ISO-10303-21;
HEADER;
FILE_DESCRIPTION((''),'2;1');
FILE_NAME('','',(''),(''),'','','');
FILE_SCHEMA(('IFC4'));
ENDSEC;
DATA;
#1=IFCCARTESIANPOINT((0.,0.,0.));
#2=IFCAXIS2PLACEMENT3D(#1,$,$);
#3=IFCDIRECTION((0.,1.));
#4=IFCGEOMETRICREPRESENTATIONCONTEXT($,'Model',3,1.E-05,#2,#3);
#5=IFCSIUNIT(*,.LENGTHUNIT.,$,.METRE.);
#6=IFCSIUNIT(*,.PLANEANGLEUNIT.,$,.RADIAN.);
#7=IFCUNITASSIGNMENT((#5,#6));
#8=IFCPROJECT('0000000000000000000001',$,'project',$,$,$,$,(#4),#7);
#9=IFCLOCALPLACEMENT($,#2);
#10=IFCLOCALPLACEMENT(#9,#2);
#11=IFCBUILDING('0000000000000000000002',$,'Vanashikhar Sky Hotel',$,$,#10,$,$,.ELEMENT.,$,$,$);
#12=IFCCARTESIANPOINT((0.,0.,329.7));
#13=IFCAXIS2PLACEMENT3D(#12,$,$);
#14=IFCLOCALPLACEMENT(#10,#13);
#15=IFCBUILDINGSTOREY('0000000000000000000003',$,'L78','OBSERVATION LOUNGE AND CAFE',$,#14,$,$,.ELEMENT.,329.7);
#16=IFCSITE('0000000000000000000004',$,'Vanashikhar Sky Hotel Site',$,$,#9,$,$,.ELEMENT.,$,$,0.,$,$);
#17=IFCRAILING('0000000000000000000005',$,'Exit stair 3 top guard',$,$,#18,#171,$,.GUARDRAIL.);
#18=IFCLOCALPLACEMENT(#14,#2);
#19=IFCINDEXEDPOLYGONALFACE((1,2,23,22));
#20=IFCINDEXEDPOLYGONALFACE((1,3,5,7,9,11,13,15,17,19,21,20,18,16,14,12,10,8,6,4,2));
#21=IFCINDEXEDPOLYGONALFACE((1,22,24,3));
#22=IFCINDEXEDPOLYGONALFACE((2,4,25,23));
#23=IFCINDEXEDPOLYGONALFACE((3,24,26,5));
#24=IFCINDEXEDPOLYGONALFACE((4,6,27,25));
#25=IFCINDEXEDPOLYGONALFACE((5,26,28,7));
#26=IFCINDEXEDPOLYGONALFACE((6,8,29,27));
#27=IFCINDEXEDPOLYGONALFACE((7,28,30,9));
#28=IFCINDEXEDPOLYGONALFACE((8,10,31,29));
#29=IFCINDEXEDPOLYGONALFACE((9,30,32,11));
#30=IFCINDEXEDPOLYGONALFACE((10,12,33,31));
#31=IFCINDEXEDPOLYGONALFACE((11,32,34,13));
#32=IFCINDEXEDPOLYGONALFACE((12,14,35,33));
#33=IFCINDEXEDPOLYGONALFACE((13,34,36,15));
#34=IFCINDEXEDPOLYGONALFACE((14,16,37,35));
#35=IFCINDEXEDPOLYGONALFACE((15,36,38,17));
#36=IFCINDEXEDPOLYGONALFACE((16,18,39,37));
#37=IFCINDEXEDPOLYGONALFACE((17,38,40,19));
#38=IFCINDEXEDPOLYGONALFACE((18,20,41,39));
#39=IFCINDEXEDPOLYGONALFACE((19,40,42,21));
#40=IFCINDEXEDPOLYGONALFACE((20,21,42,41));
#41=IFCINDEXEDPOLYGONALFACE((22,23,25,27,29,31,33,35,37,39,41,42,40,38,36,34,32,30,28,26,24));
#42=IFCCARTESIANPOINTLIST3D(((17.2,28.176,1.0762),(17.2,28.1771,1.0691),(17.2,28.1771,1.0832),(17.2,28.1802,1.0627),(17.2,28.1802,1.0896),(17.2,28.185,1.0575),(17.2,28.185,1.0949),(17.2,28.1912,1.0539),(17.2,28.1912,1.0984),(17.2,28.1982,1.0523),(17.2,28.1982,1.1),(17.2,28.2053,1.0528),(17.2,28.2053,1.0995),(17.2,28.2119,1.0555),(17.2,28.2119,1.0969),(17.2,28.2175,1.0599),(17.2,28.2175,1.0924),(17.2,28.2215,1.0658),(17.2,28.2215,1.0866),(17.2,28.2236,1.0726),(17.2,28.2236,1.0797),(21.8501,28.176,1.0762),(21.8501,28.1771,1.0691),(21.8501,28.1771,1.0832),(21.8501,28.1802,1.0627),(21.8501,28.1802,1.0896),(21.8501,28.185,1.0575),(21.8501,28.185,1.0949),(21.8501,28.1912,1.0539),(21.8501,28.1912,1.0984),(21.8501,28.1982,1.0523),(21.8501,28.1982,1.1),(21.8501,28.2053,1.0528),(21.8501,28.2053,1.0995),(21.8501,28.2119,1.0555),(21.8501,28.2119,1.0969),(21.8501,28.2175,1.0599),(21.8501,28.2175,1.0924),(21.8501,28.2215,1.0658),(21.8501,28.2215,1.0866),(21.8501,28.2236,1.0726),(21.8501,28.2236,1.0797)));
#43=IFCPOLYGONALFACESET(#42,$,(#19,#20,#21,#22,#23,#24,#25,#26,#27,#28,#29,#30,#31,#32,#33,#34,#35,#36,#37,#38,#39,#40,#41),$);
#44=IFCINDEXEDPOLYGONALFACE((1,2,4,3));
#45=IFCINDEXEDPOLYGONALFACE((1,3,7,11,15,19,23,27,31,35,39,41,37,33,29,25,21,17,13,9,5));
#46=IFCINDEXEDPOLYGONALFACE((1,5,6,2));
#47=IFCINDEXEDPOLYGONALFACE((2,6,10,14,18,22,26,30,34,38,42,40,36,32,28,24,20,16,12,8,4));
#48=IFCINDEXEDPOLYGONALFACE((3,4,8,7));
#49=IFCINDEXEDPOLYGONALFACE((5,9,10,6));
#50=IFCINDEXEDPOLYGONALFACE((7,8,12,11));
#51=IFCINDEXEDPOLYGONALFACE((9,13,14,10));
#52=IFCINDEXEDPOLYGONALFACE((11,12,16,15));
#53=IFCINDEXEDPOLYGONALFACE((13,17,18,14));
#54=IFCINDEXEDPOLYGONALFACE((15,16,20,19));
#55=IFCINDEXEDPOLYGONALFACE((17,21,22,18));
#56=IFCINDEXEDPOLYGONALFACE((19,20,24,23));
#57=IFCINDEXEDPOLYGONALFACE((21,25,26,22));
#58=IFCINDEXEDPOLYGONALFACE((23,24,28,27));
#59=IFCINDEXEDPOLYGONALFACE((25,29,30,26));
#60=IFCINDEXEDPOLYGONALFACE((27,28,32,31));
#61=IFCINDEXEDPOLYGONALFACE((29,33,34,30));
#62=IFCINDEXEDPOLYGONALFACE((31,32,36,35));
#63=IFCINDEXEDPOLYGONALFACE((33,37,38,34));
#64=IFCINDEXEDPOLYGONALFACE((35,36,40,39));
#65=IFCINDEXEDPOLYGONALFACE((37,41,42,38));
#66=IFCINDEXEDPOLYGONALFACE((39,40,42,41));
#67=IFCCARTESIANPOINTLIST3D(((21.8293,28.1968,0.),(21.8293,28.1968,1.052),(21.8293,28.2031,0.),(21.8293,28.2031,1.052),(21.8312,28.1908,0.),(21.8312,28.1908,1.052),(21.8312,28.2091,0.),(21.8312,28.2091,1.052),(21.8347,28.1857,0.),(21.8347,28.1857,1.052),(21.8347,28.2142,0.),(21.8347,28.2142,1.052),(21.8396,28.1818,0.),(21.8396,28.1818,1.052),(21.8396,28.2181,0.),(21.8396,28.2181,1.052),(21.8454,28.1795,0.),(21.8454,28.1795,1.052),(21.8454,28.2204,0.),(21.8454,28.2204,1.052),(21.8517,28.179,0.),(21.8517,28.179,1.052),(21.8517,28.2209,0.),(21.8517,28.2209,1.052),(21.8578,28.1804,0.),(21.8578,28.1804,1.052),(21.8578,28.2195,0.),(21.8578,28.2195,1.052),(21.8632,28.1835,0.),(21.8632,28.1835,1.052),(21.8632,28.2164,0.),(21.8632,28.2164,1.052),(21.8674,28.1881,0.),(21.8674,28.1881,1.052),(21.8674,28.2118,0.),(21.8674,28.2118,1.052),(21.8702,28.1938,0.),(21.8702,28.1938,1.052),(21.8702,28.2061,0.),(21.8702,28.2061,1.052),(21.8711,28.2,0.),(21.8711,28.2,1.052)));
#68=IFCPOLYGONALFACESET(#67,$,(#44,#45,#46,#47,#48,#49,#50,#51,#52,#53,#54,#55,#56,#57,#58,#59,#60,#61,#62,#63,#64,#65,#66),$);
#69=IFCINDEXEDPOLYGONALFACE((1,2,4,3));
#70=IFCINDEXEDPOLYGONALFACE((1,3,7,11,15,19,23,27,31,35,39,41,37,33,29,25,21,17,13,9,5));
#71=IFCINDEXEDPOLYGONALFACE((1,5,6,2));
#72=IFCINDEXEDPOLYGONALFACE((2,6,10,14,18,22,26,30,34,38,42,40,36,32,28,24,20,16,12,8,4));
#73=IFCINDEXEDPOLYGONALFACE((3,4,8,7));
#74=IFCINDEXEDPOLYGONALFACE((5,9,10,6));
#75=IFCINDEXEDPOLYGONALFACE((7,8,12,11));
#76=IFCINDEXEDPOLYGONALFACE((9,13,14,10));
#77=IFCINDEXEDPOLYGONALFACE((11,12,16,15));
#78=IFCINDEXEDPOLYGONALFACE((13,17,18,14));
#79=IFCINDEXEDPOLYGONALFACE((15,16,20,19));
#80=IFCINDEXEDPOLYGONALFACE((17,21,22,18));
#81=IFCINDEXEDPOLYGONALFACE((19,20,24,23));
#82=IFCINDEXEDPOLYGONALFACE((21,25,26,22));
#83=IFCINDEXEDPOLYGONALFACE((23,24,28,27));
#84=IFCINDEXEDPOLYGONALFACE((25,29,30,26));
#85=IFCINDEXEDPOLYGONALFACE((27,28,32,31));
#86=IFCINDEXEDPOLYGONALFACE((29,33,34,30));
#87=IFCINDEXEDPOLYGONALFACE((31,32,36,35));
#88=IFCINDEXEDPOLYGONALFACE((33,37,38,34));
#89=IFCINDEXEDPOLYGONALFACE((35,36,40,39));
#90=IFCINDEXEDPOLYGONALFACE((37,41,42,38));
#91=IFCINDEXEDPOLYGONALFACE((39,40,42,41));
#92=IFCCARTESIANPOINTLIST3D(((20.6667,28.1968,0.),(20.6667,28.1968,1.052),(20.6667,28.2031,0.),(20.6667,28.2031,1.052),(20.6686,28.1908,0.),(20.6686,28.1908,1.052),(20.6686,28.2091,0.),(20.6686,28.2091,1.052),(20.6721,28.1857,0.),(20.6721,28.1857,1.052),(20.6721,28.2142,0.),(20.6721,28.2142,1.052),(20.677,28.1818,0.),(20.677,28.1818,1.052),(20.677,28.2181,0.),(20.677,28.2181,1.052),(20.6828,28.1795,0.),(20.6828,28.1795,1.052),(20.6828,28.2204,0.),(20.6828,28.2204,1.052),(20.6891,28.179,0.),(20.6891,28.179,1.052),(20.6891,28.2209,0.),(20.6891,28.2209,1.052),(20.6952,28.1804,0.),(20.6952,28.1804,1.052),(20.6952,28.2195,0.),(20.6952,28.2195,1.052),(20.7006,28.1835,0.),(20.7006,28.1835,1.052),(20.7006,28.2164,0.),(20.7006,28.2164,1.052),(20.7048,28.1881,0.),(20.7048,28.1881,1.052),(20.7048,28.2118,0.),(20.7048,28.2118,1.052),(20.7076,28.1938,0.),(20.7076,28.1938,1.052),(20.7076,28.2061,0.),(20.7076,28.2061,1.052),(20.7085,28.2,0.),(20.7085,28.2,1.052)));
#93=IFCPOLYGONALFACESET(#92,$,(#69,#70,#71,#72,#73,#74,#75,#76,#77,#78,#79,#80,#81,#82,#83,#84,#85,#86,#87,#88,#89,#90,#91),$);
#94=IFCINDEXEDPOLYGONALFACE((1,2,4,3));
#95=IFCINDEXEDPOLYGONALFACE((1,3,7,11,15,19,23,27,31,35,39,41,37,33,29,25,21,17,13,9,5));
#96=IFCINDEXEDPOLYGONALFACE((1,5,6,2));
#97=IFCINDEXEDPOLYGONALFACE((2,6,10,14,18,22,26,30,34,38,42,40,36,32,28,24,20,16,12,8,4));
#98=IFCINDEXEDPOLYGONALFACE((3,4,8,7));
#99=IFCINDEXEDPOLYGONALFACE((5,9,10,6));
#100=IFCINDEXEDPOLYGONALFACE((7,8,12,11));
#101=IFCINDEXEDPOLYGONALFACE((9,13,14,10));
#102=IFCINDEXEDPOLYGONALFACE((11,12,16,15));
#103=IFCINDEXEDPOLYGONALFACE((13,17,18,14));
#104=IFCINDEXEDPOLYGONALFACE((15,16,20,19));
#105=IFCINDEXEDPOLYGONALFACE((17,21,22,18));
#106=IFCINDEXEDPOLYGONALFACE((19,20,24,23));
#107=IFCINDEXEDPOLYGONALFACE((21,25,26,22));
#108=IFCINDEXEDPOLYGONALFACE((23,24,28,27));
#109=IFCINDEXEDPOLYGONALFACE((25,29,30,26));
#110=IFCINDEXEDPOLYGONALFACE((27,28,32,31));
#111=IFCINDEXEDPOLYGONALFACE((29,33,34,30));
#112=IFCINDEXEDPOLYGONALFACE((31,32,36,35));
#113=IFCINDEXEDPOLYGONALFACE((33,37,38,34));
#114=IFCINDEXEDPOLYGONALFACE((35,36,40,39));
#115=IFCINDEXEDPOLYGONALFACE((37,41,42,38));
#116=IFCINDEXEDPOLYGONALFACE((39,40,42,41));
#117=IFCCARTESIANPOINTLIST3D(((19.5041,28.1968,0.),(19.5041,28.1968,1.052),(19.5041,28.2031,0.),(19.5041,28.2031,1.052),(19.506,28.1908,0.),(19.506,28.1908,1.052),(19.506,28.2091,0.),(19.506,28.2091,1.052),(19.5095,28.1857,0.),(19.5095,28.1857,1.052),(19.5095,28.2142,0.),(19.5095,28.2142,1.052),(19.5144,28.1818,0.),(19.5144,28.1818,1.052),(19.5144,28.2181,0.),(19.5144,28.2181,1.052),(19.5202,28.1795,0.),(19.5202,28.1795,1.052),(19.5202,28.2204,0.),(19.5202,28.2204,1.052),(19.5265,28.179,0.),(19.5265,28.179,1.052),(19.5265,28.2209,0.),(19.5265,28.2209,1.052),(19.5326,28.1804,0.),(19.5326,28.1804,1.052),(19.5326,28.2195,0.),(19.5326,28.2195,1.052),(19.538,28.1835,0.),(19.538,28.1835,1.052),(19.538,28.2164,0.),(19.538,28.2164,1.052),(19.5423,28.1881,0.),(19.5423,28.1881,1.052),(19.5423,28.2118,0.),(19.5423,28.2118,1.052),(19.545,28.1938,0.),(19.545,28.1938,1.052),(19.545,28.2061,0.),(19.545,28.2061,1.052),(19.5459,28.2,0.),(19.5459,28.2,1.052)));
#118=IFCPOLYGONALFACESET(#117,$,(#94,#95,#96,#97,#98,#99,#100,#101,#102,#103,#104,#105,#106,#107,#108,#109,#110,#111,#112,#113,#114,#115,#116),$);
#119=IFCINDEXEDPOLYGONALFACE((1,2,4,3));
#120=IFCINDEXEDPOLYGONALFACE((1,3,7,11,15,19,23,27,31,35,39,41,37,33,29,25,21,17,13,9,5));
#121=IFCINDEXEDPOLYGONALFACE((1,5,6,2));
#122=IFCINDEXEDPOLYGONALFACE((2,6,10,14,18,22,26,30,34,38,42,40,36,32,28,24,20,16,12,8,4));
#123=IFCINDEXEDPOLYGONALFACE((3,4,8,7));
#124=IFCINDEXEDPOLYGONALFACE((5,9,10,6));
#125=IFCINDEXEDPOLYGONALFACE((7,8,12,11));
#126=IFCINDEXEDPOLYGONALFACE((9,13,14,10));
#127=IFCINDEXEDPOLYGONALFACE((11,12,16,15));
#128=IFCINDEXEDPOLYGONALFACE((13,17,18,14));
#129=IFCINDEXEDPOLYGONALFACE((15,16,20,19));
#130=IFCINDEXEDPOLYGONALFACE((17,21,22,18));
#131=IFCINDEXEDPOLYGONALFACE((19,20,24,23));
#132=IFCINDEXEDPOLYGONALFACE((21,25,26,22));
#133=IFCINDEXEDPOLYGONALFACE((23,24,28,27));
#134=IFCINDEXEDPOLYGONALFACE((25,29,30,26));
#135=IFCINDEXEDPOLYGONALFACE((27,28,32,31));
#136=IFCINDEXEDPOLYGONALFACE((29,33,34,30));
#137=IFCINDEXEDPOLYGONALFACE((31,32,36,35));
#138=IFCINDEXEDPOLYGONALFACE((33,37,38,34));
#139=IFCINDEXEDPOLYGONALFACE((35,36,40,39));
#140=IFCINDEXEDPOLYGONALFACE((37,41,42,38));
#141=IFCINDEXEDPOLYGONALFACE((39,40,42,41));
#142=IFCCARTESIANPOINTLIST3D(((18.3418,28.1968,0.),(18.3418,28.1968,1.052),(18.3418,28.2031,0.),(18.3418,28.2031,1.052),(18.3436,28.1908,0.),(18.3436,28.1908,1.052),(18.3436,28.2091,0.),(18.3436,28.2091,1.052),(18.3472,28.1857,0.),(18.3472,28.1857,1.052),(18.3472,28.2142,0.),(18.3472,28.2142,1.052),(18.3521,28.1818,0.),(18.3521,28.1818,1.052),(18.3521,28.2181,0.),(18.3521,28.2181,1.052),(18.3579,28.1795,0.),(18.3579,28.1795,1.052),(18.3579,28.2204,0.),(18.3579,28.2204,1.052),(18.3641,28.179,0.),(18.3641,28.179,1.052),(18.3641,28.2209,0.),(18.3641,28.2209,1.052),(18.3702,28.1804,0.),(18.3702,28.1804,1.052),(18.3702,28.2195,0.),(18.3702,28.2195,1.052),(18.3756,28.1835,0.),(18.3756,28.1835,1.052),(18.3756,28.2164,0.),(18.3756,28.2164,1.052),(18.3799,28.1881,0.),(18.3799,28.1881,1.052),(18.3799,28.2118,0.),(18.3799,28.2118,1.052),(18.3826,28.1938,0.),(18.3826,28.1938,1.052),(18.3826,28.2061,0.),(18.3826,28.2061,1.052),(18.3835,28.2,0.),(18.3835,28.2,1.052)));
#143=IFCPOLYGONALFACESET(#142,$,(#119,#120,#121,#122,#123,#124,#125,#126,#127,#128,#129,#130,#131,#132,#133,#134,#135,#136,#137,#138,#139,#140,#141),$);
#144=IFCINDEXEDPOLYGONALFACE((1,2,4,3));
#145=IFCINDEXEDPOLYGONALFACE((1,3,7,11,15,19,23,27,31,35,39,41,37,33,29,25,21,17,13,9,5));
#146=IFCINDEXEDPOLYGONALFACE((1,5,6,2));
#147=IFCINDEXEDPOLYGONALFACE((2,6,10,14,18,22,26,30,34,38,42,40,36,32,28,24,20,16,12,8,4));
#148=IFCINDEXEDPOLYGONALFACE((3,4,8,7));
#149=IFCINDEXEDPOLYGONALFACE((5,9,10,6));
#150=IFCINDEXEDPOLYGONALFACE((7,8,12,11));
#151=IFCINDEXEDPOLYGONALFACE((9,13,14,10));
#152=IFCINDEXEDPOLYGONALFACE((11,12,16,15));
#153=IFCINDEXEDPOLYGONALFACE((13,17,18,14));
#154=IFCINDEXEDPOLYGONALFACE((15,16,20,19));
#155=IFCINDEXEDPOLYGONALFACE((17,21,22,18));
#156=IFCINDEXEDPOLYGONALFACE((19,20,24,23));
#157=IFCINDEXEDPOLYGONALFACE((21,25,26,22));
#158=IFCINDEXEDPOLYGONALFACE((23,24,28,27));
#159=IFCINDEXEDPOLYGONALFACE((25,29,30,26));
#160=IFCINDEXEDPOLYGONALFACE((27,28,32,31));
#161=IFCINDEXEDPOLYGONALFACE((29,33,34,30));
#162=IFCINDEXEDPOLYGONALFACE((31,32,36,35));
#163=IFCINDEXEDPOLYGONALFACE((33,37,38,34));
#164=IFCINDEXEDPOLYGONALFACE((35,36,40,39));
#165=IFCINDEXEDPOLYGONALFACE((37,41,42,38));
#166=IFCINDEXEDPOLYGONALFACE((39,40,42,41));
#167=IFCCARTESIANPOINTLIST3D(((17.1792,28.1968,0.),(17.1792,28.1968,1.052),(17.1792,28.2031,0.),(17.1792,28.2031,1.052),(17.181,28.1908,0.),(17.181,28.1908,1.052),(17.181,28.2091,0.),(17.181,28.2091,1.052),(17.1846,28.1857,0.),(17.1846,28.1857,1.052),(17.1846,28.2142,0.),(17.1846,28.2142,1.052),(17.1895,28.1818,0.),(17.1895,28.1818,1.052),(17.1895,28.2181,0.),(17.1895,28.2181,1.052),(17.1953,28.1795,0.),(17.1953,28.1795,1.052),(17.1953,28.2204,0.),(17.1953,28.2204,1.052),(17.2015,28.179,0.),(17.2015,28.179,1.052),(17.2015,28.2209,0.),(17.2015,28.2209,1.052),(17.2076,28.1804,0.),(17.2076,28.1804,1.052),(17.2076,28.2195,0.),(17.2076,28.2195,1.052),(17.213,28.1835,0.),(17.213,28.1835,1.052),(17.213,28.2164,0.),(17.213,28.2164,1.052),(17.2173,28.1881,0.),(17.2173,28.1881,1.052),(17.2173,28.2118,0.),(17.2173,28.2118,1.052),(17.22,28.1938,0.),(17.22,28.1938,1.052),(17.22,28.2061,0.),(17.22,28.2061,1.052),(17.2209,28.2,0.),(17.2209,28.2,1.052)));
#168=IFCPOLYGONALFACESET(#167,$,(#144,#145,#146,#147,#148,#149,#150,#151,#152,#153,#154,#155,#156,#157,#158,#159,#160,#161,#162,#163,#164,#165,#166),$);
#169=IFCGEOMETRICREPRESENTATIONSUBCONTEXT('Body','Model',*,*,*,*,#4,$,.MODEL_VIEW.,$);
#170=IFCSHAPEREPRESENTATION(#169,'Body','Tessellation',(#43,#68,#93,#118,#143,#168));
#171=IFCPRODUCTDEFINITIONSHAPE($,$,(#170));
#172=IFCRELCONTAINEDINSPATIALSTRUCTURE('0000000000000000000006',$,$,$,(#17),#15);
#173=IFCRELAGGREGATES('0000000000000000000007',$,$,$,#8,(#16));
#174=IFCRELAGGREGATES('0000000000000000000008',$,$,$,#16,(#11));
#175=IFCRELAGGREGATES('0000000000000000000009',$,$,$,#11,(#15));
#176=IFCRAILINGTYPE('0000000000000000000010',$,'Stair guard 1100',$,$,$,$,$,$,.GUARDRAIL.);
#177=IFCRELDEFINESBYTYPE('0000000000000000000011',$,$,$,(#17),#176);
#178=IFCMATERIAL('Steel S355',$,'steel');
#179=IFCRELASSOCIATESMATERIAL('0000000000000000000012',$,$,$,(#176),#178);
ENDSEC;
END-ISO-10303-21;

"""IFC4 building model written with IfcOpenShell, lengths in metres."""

from ifc_helpers import new_model, si_unit, direction, frame, origin, origin_2d, place, context, subcontext, project, spatial, circle, extrude, source, transform, mapped, material, type_object, element, save


model = new_model("IFC4")

# Units and contexts
model_context = context("Model", 3, precision=1e-05, world=origin(), true_north=direction((0.0, 1.0)))
body_context = subcontext(model_context, "Body", "Model", "MODEL_VIEW")
ifc_project = project(units=[si_unit("LENGTHUNIT", "METRE"), si_unit("PLANEANGLEUNIT", "RADIAN")], contexts=[model_context])

# Site, building, storey
site_placement = place(None, origin())
site = spatial("IfcSite", under=ifc_project, at=site_placement, Name="Vanashikhar Sky Hotel Site", CompositionType="ELEMENT", RefElevation=0.0)
building_placement = place(site_placement, origin())
building = spatial("IfcBuilding", under=site, at=building_placement, Name="Vanashikhar Sky Hotel", CompositionType="ELEMENT")
storey_placement = place(building_placement, frame((0.0, 0.0, 329.7)))
storey = spatial("IfcBuildingStorey", under=building, at=storey_placement, Name="L78", Description="OBSERVATION LOUNGE AND CAFE", CompositionType="ELEMENT", Elevation=329.7)

# Shared definitions
ifc_material_1 = material(Name="Steel S355", Category="steel")

# Railing
railing_type = type_object("IfcRailingType", Name="Stair guard 1100", PredefinedType="GUARDRAIL", material=ifc_material_1)
shared_shape_1 = source(origin(), body_context, "Body", "SweptSolid", [
    extrude(circle(Radius=0.0239, at=origin_2d()), frame((0.0, 0.0, 1.0762), z_axis=(-1.0, 0.0, 0.0), x_axis=(0.0, -1.0, 0.0)), (0.0, 0.0, 1.0), 4.6501),
    extrude(circle(Radius=0.021, at=origin_2d()), origin(), (0.0, 0.0, 1.0), 1.052),
    extrude(circle(Radius=0.021, at=origin_2d()), frame((-1.1626, 0.0, 0.0)), (0.0, 0.0, 1.0), 1.052),
    extrude(circle(Radius=0.021, at=origin_2d()), frame((-2.3252, 0.0, 0.0)), (0.0, 0.0, 1.0), 1.052),
    extrude(circle(Radius=0.021, at=origin_2d()), frame((-3.4875, 0.0, 0.0)), (0.0, 0.0, 1.0), 1.052),
    extrude(circle(Radius=0.021, at=origin_2d()), frame((-4.6501, 0.0, 0.0)), (0.0, 0.0, 1.0), 1.052),
])
railing_placement = place(storey_placement, frame((21.8501, 28.2, 0.0)))
element("IfcRailing", 1, at=railing_placement, inside=storey, type_object=railing_type, Name="Exit stair 3 top guard", PredefinedType="GUARDRAIL", context=body_context, shape_type="MappedRepresentation", body=[
    mapped(shared_shape_1, transform((0.0, 0.0, 0.0), scale=1.0)),
])

save(model, "model.ifc")
